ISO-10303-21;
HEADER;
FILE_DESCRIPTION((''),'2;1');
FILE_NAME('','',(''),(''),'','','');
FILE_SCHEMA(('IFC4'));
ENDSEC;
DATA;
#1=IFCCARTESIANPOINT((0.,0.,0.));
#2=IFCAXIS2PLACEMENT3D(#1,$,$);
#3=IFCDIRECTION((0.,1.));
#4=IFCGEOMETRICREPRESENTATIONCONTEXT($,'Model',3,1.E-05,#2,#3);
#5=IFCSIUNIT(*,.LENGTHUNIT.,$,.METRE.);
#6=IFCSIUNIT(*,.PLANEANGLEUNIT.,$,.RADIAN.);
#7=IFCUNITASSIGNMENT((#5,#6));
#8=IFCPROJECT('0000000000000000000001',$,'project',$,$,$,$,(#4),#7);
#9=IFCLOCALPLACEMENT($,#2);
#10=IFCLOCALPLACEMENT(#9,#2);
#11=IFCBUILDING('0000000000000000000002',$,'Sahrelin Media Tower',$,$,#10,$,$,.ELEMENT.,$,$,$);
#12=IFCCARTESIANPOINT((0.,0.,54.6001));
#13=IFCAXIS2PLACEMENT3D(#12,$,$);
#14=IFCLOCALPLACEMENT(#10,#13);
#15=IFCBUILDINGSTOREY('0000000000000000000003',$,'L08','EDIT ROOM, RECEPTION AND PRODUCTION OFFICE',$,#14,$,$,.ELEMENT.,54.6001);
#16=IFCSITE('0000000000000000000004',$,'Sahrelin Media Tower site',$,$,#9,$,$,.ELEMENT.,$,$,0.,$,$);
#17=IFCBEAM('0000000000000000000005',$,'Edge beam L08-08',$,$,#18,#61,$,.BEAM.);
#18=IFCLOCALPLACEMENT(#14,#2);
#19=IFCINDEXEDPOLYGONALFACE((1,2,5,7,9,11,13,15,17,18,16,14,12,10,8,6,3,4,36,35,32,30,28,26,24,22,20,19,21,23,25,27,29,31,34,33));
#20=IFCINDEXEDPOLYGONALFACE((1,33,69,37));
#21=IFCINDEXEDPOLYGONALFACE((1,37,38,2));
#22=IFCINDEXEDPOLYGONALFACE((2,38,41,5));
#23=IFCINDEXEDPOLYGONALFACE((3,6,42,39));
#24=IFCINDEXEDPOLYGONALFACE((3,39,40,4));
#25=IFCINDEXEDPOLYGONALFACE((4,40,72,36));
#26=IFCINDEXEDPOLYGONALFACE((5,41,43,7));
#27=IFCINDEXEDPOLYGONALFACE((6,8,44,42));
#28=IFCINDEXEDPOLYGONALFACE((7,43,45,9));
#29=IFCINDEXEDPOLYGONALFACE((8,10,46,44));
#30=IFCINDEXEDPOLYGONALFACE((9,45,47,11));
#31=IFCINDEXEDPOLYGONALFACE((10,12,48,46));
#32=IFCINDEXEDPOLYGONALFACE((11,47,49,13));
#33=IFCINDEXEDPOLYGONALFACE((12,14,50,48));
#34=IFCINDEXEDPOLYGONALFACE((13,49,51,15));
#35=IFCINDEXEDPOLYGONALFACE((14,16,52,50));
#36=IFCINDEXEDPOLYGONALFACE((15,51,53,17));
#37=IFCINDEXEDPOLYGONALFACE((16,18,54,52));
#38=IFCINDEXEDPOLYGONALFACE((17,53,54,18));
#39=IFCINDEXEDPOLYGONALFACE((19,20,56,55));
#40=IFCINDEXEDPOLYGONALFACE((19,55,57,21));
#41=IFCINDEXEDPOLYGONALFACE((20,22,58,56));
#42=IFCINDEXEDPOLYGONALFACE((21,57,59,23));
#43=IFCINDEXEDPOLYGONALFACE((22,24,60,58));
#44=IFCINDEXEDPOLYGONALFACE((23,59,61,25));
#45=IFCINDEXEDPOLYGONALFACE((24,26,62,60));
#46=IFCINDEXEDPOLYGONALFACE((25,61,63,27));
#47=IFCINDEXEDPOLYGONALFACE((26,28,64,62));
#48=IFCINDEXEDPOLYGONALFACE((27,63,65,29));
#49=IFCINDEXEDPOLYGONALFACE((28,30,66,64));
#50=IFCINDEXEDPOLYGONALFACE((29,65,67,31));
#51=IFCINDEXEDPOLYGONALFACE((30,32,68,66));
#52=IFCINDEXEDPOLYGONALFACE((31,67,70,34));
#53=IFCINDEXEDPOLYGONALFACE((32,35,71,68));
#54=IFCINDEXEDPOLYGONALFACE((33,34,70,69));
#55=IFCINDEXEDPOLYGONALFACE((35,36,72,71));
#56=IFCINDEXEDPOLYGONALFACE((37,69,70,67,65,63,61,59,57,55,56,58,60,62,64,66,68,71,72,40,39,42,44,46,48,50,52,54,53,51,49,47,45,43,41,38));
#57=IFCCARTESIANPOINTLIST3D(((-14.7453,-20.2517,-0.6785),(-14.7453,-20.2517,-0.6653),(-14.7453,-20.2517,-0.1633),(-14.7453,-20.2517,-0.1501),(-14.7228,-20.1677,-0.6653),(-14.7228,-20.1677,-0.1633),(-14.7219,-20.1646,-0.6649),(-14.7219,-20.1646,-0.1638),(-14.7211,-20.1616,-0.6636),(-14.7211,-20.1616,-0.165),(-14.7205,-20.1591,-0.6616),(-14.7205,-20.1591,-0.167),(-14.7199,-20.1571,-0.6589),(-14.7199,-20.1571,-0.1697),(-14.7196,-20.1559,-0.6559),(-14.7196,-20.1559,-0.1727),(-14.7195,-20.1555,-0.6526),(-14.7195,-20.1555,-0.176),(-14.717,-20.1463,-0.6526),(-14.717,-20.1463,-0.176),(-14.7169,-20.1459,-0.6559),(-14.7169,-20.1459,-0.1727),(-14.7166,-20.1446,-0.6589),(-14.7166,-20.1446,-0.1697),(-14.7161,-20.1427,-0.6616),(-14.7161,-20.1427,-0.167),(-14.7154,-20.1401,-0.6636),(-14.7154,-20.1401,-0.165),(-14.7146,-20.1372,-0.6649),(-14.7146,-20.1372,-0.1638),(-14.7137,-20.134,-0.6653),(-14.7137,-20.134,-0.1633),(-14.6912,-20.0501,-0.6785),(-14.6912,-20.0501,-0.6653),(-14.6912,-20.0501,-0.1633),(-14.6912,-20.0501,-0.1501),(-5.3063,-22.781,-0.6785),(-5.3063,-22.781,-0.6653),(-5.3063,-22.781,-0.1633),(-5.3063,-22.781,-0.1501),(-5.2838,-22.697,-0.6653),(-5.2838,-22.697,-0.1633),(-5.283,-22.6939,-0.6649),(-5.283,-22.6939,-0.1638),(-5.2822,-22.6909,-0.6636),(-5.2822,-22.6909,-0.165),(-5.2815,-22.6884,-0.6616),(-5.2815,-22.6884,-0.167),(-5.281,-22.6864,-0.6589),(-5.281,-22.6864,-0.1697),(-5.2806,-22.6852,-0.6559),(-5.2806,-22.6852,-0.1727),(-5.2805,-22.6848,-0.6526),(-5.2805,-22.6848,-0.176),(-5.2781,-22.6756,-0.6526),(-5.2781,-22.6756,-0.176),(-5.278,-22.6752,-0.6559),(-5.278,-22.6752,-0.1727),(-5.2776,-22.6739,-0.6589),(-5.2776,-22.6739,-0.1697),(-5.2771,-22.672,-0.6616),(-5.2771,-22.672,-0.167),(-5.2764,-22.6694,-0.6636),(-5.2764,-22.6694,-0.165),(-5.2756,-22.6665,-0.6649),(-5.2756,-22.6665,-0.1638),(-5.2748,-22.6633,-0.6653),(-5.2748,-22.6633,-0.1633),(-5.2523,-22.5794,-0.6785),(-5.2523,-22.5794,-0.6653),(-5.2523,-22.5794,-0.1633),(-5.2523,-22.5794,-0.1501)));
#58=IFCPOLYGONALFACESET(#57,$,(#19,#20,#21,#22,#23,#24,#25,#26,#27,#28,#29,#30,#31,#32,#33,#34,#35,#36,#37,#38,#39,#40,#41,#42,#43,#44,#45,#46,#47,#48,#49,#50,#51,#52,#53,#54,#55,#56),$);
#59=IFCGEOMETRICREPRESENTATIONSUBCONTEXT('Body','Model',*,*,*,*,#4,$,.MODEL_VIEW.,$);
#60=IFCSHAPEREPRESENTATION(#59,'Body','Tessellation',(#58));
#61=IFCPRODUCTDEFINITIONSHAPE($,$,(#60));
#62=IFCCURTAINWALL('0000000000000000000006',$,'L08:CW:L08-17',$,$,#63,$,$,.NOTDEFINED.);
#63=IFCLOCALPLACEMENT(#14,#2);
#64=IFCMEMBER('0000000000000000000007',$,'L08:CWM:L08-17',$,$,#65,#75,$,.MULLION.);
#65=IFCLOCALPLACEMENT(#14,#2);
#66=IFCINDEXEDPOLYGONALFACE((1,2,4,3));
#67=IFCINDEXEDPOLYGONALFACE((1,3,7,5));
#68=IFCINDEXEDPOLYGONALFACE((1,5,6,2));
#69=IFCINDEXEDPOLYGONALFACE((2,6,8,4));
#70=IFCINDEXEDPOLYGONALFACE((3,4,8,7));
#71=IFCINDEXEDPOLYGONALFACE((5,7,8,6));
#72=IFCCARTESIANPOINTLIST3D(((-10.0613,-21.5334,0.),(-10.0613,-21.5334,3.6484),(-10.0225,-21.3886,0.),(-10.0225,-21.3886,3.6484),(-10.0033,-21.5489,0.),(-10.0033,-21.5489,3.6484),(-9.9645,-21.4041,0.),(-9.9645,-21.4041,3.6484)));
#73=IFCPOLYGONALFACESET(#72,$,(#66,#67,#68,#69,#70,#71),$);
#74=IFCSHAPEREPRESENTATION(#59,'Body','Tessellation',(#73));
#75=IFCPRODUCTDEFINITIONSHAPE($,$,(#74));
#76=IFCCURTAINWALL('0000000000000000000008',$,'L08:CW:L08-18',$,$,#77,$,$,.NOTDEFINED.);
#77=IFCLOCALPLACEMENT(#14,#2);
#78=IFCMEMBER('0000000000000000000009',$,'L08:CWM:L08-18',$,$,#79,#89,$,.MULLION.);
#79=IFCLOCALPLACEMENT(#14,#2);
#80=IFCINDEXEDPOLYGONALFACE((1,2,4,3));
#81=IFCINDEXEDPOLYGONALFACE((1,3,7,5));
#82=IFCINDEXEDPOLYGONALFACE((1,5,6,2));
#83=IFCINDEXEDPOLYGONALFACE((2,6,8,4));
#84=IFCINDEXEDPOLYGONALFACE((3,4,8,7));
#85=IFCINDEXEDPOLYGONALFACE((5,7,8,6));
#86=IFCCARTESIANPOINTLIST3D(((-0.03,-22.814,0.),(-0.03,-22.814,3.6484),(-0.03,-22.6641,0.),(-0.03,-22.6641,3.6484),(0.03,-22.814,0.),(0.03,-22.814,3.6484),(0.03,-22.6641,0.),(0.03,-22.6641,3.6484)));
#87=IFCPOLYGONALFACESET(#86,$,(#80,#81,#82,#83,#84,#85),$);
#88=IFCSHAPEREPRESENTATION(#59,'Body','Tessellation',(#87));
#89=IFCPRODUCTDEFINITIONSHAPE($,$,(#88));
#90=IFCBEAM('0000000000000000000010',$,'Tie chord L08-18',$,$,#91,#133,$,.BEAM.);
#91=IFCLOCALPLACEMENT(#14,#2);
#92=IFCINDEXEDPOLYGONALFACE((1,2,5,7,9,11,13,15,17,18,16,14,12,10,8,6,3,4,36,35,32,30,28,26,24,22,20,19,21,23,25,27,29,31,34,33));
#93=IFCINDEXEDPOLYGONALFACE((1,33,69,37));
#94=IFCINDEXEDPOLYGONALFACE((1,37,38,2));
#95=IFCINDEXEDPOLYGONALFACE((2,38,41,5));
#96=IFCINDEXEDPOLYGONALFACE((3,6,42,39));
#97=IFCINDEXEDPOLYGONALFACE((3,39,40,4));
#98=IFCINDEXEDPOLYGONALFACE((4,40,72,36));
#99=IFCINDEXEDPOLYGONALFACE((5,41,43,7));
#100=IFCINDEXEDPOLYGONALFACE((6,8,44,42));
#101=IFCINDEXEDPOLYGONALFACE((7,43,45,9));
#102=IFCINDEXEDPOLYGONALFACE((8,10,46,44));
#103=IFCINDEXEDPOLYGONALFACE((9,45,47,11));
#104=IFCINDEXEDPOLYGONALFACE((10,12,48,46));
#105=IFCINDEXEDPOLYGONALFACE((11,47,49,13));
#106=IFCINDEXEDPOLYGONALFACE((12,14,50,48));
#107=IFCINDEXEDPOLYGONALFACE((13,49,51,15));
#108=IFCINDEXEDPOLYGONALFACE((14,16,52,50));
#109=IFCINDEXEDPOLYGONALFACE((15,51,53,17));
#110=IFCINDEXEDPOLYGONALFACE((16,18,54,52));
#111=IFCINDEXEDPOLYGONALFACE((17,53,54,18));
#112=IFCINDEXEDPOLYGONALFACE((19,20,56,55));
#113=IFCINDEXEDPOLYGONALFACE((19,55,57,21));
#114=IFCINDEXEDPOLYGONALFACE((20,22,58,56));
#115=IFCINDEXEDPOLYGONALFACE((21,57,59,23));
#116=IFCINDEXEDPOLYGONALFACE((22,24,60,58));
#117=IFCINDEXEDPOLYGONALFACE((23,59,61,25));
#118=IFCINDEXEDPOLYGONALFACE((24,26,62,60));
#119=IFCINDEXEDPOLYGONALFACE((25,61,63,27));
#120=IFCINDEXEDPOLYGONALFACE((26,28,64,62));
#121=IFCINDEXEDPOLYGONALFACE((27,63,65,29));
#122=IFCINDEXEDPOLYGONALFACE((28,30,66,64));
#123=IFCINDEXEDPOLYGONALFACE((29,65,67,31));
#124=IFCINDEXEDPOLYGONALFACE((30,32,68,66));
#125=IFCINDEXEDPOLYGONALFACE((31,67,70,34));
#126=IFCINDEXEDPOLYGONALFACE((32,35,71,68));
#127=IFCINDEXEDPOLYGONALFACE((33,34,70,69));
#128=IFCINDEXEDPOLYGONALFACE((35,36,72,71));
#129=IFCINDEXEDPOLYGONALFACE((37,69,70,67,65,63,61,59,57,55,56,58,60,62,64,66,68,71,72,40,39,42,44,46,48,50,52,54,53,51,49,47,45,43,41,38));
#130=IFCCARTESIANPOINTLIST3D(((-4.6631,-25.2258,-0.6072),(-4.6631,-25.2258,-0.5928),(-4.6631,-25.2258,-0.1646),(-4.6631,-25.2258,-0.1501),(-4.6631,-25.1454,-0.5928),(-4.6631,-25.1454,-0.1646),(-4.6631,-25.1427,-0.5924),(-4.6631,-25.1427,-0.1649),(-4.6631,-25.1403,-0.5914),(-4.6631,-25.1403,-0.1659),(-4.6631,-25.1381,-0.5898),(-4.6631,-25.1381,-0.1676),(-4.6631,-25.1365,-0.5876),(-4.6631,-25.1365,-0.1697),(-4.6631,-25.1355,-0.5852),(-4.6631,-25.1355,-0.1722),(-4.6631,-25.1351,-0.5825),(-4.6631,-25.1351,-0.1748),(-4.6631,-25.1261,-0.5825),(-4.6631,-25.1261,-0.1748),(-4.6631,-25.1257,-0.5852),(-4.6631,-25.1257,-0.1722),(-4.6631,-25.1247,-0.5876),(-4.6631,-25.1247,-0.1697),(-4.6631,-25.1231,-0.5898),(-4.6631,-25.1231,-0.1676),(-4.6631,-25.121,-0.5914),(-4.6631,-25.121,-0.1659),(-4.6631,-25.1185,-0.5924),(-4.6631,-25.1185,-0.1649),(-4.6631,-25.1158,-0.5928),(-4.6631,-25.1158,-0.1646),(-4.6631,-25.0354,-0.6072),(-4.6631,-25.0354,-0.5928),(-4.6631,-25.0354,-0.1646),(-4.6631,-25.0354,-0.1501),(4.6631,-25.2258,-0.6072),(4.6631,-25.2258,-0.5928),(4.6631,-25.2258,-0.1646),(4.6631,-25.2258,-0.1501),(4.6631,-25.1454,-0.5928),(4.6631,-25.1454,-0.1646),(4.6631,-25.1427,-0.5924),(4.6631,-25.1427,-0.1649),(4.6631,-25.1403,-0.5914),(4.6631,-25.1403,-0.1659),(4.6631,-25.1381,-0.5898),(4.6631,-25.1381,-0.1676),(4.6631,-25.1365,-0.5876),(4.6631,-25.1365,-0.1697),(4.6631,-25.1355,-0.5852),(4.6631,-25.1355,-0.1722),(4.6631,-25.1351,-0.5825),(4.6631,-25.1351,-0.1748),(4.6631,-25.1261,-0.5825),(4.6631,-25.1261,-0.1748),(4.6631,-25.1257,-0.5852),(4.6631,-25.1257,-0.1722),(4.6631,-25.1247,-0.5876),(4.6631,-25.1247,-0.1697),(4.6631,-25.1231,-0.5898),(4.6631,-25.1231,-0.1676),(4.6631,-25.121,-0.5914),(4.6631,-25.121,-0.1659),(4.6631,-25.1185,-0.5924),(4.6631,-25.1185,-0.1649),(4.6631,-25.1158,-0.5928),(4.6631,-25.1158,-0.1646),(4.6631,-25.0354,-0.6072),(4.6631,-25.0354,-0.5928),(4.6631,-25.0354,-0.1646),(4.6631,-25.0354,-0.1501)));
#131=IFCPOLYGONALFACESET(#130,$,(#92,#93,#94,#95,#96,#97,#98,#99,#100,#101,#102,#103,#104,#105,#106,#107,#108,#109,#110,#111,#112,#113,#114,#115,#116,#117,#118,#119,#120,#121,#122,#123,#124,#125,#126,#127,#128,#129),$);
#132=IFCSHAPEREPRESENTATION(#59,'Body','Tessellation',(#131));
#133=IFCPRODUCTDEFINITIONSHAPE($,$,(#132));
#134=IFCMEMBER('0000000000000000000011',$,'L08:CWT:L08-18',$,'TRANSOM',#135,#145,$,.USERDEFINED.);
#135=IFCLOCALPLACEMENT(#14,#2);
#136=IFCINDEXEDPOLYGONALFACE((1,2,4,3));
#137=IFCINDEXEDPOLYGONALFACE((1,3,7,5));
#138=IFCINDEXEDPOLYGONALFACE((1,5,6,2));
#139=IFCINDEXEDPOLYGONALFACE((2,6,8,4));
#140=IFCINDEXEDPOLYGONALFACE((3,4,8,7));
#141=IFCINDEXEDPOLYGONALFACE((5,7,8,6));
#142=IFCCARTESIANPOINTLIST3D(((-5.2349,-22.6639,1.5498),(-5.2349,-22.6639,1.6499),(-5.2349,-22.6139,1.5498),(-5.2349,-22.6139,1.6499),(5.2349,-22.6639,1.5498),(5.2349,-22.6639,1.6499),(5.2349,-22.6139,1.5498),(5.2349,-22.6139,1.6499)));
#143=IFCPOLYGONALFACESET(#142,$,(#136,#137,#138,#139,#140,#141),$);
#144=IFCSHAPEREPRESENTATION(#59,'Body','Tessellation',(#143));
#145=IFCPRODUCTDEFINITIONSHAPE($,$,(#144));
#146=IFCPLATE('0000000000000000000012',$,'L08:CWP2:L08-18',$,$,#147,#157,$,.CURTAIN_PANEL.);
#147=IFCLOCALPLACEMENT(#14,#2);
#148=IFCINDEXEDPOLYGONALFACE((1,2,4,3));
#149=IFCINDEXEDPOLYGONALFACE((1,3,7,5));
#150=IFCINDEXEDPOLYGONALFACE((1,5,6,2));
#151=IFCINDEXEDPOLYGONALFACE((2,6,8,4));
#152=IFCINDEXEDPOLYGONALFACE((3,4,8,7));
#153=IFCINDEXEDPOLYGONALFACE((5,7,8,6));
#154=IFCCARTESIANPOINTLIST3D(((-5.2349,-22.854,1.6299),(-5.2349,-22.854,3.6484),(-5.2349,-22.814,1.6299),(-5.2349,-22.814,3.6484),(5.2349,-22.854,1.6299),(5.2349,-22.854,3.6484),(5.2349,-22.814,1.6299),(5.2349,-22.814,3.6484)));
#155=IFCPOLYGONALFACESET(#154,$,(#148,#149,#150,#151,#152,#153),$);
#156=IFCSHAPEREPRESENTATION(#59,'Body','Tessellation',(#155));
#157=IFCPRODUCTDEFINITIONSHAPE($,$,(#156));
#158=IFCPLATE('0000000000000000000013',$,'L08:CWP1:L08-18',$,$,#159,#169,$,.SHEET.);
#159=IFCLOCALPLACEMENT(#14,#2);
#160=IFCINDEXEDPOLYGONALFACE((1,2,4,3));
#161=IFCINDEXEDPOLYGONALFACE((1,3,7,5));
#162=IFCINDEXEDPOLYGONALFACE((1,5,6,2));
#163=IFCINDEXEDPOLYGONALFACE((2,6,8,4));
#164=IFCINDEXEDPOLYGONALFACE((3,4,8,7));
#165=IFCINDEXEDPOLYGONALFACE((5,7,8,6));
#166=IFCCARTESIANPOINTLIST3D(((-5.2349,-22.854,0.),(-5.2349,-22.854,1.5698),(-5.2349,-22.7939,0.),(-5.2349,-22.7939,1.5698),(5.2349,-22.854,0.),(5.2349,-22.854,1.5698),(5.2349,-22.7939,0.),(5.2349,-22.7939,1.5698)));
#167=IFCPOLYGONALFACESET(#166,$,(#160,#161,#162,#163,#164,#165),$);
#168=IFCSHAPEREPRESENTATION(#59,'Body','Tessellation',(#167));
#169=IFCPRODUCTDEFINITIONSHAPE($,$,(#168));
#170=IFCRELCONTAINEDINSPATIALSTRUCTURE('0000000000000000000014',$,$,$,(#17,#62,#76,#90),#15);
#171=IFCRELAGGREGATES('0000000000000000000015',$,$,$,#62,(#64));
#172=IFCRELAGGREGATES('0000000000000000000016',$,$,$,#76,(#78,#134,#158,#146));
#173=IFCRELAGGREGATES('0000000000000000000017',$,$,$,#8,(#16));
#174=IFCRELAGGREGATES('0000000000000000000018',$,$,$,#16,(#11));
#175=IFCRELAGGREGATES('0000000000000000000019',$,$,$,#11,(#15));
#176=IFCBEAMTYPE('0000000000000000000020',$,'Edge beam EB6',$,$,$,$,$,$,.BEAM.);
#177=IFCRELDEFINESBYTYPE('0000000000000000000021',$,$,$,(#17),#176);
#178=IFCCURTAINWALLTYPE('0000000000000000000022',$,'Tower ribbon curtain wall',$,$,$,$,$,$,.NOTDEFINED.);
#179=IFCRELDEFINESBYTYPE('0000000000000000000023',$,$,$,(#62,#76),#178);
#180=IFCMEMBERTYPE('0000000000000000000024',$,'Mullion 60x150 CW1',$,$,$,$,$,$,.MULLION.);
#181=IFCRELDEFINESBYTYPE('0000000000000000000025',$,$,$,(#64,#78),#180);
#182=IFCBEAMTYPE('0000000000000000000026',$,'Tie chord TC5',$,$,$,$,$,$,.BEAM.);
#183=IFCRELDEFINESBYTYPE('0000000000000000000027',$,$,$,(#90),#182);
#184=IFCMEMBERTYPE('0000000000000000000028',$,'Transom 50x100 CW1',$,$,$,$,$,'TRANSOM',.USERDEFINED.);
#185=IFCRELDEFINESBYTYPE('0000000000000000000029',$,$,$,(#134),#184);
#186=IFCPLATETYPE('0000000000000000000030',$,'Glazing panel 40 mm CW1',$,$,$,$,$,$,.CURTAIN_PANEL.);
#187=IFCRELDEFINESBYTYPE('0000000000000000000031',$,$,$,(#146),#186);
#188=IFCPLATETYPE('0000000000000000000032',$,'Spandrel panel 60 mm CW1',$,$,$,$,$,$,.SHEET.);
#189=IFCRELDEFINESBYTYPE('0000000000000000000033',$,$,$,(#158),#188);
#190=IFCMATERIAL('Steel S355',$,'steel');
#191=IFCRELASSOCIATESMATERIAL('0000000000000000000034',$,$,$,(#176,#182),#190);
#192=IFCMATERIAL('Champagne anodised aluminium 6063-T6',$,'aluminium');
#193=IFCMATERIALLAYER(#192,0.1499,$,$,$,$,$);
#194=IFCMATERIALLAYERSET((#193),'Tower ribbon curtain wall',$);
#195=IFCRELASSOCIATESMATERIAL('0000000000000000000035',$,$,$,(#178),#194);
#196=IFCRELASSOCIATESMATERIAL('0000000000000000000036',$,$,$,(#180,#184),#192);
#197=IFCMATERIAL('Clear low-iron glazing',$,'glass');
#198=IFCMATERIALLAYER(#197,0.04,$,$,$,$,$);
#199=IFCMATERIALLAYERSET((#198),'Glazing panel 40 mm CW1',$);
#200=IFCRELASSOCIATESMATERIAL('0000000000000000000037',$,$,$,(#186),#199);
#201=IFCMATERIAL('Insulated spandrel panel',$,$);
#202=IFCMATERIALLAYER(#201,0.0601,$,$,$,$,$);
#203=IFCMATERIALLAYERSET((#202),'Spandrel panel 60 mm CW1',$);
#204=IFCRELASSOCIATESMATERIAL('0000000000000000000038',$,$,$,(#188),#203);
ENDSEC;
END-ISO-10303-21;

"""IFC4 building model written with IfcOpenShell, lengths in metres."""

from ifc_helpers import new_model, si_unit, direction, frame, origin, origin_2d, place, context, subcontext, project, spatial, polyline, rectangle, i_section, outline, extrude, material, layer, layer_set, material_profile, profile_set, type_object, element, aggregate, save


model = new_model("IFC4")

# Units and contexts
model_context = context("Model", 3, precision=1e-05, world=origin(), true_north=direction((0.0, 1.0)))
body_context = subcontext(model_context, "Body", "Model", "MODEL_VIEW")
ifc_project = project(units=[si_unit("LENGTHUNIT", "METRE"), si_unit("PLANEANGLEUNIT", "RADIAN")], contexts=[model_context])

# Site, building, storey
site_placement = place(None, origin())
site = spatial("IfcSite", under=ifc_project, at=site_placement, Name="Sahrelin Media Tower site", CompositionType="ELEMENT", RefElevation=0.0)
building_placement = place(site_placement, origin())
building = spatial("IfcBuilding", under=site, at=building_placement, Name="Sahrelin Media Tower", CompositionType="ELEMENT")
storey_placement = place(building_placement, frame((0.0, 0.0, 54.6001)))
storey = spatial("IfcBuildingStorey", under=building, at=storey_placement, Name="L08", Description="EDIT ROOM, RECEPTION AND PRODUCTION OFFICE", CompositionType="ELEMENT", Elevation=54.6001)

# Beam
ifc_material_1 = material(Name="Steel S355", Category="steel")
ifc_material_profile_1 = material_profile(ifc_material_1, i_section(OverallWidth=0.2087, OverallDepth=0.5283, WebThickness=0.0095, FlangeThickness=0.0132, FilletRadius=0.0127, at=origin_2d()), Name="UB 533x210x82")
ifc_profile_set_1 = profile_set([ifc_material_profile_1], Name="Steel S355")
beam_type_1 = type_object("IfcBeamType", Name="Edge beam EB6", PredefinedType="BEAM", material=ifc_profile_set_1)
beam_1_placement = place(storey_placement, frame((-5.2793, -22.6802, -0.4143), z_axis=(-0.965922, 0.258832, 0.0), x_axis=(-0.258832, -0.965922, 0.0)))
element("IfcBeam", 1, at=beam_1_placement, inside=storey, type_object=beam_type_1, Name="Edge beam L08-08", PredefinedType="BEAM", context=body_context, shape_type="SweptSolid", body=[
    extrude(i_section(OverallWidth=0.2087, OverallDepth=0.5283, WebThickness=0.0095, FlangeThickness=0.0132, FilletRadius=0.0127, at=origin_2d()), origin(), (0.0, 0.0, 1.0), 9.772),
])

# Curtain walls, members
ifc_material_2 = material(Name="Champagne anodised aluminium 6063-T6", Category="aluminium")
ifc_layer_1 = layer(ifc_material_2, 0.1499)
ifc_layer_set_1 = layer_set([ifc_layer_1], Name="Tower ribbon curtain wall")
curtain_wall_type = type_object("IfcCurtainWallType", Name="Tower ribbon curtain wall", PredefinedType="NOTDEFINED", material=ifc_layer_set_1)
curtain_wall_1_placement = place(storey_placement, frame((-10.0376, -21.5603, 0.0), z_axis=(0.0, 0.0, 1.0), x_axis=(1.0, 0.0, 0.0)))
curtain_wall_1 = element("IfcCurtainWall", 2, at=curtain_wall_1_placement, inside=storey, type_object=curtain_wall_type, Name="L08:CW:L08-17", PredefinedType="NOTDEFINED")
ifc_material_profile_2 = material_profile(ifc_material_2, rectangle(XDim=0.0601, YDim=0.1499, at=origin_2d()), Name="Mullion 60x150")
ifc_profile_set_2 = profile_set([ifc_material_profile_2], Name="Champagne anodised aluminium 6063-T6")
member_type_1 = type_object("IfcMemberType", Name="Mullion 60x150 CW1", PredefinedType="MULLION", material=ifc_profile_set_2)
member_1_placement = place(storey_placement, frame((-10.0129, -21.4688, 0.0), z_axis=(0.0, 0.0, 1.0), x_axis=(0.965926, -0.258817, 0.0)))
member_1 = element("IfcMember", 3, at=member_1_placement, type_object=member_type_1, Name="L08:CWM:L08-17", PredefinedType="MULLION", context=body_context, shape_type="SweptSolid", body=[
    extrude(rectangle(XDim=0.0601, YDim=0.1499, at=origin_2d()), origin(), (0.0, 0.0, 1.0), 3.6484),
])
aggregate(curtain_wall_1, [member_1])
curtain_wall_2_placement = place(storey_placement, frame((0.0, -22.834, 0.0), z_axis=(0.0, 0.0, 1.0), x_axis=(1.0, 0.0, 0.0)))
curtain_wall_2 = element("IfcCurtainWall", 4, at=curtain_wall_2_placement, inside=storey, type_object=curtain_wall_type, Name="L08:CW:L08-18", PredefinedType="NOTDEFINED")
member_2_placement = place(storey_placement, frame((0.0, -22.739, 0.0), z_axis=(0.0, 0.0, 1.0), x_axis=(1.0, 0.0, 0.0)))
member_2 = element("IfcMember", 5, at=member_2_placement, type_object=member_type_1, Name="L08:CWM:L08-18", PredefinedType="MULLION", context=body_context, shape_type="SweptSolid", body=[
    extrude(rectangle(XDim=0.0601, YDim=0.1499, at=origin_2d()), origin(), (0.0, 0.0, 1.0), 3.6484),
])

# Beam
ifc_material_profile_3 = material_profile(ifc_material_1, i_section(OverallWidth=0.1904, OverallDepth=0.457, WebThickness=0.009, FlangeThickness=0.0144, FilletRadius=0.0103, at=origin_2d()), Name="UB 457x191x74")
ifc_profile_set_3 = profile_set([ifc_material_profile_3], Name="Steel S355")
beam_type_2 = type_object("IfcBeamType", Name="Tie chord TC5", PredefinedType="BEAM", material=ifc_profile_set_3)
beam_2_placement = place(storey_placement, frame((-4.6631, -25.1306, -0.3787), z_axis=(1.0, 0.0, 0.0), x_axis=(0.0, 1.0, 0.0)))
element("IfcBeam", 6, at=beam_2_placement, inside=storey, type_object=beam_type_2, Name="Tie chord L08-18", PredefinedType="BEAM", context=body_context, shape_type="SweptSolid", body=[
    extrude(i_section(OverallWidth=0.1904, OverallDepth=0.457, WebThickness=0.009, FlangeThickness=0.0144, FilletRadius=0.0103, at=origin_2d()), origin(), (0.0, 0.0, 1.0), 9.3262),
])

# Member
ifc_material_profile_4 = material_profile(ifc_material_2, rectangle(XDim=0.05, YDim=0.1001, at=origin_2d()), Name="Transom 50x100")
ifc_profile_set_4 = profile_set([ifc_material_profile_4], Name="Champagne anodised aluminium 6063-T6")
member_type_2 = type_object("IfcMemberType", Name="Transom 50x100 CW1", ElementType="TRANSOM", PredefinedType="USERDEFINED", material=ifc_profile_set_4)
member_3_placement = place(storey_placement, frame((-5.2349, -22.6389, 1.5999), z_axis=(1.0, 0.0, 0.0), x_axis=(0.0, 1.0, 0.0)))
member_3 = element("IfcMember", 7, at=member_3_placement, type_object=member_type_2, Name="L08:CWT:L08-18", ObjectType="TRANSOM", PredefinedType="USERDEFINED", context=body_context, shape_type="SweptSolid", body=[
    extrude(rectangle(XDim=0.05, YDim=0.1001, at=origin_2d()), origin(), (0.0, 0.0, 1.0), 10.4697),
])

# Plates
ifc_material_3 = material(Name="Clear low-iron glazing", Category="glass")
ifc_layer_2 = layer(ifc_material_3, 0.04)
ifc_layer_set_2 = layer_set([ifc_layer_2], Name="Glazing panel 40 mm CW1")
plate_type_1 = type_object("IfcPlateType", Name="Glazing panel 40 mm CW1", PredefinedType="CURTAIN_PANEL", material=ifc_layer_set_2)
plate_1_placement = place(storey_placement, frame((-5.2349, -22.854, 1.6299), z_axis=(0.0, -1.0, 0.0), x_axis=(1.0, 0.0, 0.0)))
plate_1 = element("IfcPlate", 8, at=plate_1_placement, type_object=plate_type_1, Name="L08:CWP2:L08-18", PredefinedType="CURTAIN_PANEL", context=body_context, shape_type="SweptSolid", body=[
    extrude(outline(polyline([(0.0, 0.0), (10.4697, 0.0), (10.4697, 2.0186), (0.0, 2.0186), (0.0, 0.0)])), origin(), (0.0, 0.0, -1.0), 0.04),
])
ifc_material_4 = material(Name="Insulated spandrel panel")
ifc_layer_3 = layer(ifc_material_4, 0.0601)
ifc_layer_set_3 = layer_set([ifc_layer_3], Name="Spandrel panel 60 mm CW1")
plate_type_2 = type_object("IfcPlateType", Name="Spandrel panel 60 mm CW1", PredefinedType="SHEET", material=ifc_layer_set_3)
plate_2_placement = place(storey_placement, frame((-5.2349, -22.854, 0.0), z_axis=(0.0, -1.0, 0.0), x_axis=(1.0, 0.0, 0.0)))
plate_2 = element("IfcPlate", 9, at=plate_2_placement, type_object=plate_type_2, Name="L08:CWP1:L08-18", PredefinedType="SHEET", context=body_context, shape_type="SweptSolid", body=[
    extrude(outline(polyline([(0.0, 0.0), (10.4697, 0.0), (10.4697, 1.5698), (0.0, 1.5698), (0.0, 0.0)])), origin(), (0.0, 0.0, -1.0), 0.0601),
])
aggregate(curtain_wall_2, [member_2, member_3, plate_2, plate_1])

save(model, "model.ifc")
